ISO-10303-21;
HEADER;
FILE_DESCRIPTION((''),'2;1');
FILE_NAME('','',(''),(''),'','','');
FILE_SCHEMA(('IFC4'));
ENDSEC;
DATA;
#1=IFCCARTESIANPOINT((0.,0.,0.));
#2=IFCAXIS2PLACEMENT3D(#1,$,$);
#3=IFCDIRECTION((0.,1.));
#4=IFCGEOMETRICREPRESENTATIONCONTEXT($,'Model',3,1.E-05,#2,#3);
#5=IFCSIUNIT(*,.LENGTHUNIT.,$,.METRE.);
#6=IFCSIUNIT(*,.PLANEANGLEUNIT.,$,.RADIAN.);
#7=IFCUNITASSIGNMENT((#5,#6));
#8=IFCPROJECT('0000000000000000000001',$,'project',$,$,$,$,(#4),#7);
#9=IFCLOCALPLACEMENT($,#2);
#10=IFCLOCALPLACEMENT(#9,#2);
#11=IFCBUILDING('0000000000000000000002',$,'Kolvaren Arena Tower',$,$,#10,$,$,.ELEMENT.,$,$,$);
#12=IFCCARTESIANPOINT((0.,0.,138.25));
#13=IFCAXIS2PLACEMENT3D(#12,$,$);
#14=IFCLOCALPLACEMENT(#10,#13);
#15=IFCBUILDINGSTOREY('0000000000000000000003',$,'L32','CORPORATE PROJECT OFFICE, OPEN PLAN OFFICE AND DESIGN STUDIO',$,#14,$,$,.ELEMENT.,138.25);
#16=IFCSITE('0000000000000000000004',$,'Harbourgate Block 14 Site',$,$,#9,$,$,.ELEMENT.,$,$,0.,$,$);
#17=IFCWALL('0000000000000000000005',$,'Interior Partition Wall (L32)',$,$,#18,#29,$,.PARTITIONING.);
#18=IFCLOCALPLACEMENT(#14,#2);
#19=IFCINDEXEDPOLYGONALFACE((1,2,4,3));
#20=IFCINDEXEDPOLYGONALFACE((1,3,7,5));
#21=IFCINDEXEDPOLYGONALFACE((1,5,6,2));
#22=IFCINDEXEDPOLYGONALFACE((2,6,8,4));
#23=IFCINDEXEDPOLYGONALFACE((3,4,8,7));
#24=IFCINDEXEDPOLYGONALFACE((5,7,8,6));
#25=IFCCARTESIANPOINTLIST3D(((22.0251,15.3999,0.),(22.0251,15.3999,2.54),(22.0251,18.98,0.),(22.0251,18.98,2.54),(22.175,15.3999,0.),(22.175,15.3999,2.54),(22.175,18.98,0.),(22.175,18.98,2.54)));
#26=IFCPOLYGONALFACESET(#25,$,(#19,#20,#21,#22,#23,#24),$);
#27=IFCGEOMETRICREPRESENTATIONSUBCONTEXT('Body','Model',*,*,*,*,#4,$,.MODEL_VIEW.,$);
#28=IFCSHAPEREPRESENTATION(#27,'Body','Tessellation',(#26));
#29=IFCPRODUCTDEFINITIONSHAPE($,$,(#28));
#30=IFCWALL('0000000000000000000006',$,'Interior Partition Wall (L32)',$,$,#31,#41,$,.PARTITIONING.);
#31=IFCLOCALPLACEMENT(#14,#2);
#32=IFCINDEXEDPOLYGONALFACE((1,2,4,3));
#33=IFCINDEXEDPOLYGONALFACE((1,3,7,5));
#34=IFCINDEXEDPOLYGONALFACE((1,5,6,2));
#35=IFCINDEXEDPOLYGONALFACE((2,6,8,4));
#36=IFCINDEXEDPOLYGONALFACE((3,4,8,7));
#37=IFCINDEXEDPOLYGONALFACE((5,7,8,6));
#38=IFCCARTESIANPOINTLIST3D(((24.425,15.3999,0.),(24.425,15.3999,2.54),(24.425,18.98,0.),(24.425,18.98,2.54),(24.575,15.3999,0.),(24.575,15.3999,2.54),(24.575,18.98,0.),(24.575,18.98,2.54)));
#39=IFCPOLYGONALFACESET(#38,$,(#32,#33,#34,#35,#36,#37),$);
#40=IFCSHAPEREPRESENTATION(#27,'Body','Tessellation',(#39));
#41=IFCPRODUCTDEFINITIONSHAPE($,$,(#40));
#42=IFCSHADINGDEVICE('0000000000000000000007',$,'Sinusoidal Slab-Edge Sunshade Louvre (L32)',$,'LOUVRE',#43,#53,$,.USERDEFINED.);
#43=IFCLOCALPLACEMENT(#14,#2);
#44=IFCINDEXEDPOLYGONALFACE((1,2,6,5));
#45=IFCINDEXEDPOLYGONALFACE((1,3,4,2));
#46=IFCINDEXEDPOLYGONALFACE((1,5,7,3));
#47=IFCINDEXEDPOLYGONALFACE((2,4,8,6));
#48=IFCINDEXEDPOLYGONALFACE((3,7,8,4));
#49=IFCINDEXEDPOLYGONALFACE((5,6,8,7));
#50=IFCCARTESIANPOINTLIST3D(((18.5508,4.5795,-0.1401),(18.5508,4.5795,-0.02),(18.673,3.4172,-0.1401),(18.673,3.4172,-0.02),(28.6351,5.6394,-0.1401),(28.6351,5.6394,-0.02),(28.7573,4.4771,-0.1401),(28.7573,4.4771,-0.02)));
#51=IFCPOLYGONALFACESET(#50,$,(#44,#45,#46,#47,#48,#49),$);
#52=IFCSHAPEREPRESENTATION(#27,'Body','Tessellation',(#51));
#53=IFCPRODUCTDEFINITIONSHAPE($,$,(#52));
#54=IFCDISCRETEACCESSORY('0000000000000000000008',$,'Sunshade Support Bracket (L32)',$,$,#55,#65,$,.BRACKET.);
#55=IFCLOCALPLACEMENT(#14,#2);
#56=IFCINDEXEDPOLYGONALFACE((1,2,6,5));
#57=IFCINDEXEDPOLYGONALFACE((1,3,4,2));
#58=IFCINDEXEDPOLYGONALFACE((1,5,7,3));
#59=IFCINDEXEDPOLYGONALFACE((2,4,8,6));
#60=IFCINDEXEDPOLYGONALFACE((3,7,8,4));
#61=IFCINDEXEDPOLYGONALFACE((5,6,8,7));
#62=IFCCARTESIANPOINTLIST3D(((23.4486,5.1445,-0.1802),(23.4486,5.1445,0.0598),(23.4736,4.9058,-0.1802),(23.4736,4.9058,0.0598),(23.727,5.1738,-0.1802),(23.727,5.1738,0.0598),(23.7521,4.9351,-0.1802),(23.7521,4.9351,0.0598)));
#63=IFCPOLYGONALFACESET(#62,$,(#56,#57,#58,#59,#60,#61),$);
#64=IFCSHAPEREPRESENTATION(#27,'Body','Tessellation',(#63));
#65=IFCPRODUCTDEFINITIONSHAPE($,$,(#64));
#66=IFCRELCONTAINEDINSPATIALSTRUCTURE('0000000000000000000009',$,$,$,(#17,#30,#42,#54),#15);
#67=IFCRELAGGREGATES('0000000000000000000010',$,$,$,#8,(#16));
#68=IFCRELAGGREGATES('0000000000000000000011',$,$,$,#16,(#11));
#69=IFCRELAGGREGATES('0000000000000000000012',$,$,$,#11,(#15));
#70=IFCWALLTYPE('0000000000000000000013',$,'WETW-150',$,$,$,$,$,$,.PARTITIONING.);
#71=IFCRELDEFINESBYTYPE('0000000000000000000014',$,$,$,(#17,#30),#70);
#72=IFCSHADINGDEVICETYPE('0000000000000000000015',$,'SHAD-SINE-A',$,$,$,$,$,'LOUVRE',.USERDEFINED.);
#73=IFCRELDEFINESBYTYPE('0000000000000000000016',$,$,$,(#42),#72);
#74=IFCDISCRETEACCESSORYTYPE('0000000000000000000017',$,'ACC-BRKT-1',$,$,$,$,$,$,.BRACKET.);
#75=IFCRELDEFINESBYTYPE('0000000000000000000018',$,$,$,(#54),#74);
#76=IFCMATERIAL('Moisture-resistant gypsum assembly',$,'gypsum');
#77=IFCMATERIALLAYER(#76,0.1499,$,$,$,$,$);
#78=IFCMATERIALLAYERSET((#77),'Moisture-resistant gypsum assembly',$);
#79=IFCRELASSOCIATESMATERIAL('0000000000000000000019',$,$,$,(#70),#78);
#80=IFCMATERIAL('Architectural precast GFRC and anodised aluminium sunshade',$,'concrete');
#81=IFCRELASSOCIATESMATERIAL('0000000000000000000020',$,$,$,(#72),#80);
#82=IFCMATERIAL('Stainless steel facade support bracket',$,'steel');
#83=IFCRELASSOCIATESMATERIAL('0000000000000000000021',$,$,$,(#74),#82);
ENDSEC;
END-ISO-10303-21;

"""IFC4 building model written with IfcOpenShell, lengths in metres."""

from ifc_helpers import new_model, si_unit, direction, frame, frame_2d, origin, origin_2d, place, context, subcontext, project, spatial, rectangle, extrude, material, layer, layer_set, type_object, element, save


model = new_model("IFC4")

# Units and contexts
model_context = context("Model", 3, precision=1e-05, world=origin(), true_north=direction((0.0, 1.0)))
body_context = subcontext(model_context, "Body", "Model", "MODEL_VIEW")
ifc_project = project(units=[si_unit("LENGTHUNIT", "METRE"), si_unit("PLANEANGLEUNIT", "RADIAN")], contexts=[model_context])

# Site, building, storey
site_placement = place(None, origin())
site = spatial("IfcSite", under=ifc_project, at=site_placement, Name="Harbourgate Block 14 Site", CompositionType="ELEMENT", RefElevation=0.0)
building_placement = place(site_placement, origin())
building = spatial("IfcBuilding", under=site, at=building_placement, Name="Kolvaren Arena Tower", CompositionType="ELEMENT")
storey_placement = place(building_placement, frame((0.0, 0.0, 138.25)))
storey = spatial("IfcBuildingStorey", under=building, at=storey_placement, Name="L32", Description="CORPORATE PROJECT OFFICE, OPEN PLAN OFFICE AND DESIGN STUDIO", CompositionType="ELEMENT", Elevation=138.25)

# Walls
ifc_material_1 = material(Name="Moisture-resistant gypsum assembly", Category="gypsum")
ifc_layer_1 = layer(ifc_material_1, 0.1499)
ifc_layer_set_1 = layer_set([ifc_layer_1], Name="Moisture-resistant gypsum assembly")
wall_type_1 = type_object("IfcWallType", Name="WETW-150", PredefinedType="PARTITIONING", material=ifc_layer_set_1)
for number, where, z_axis, x_axis, name in (
    (1, (22.1001, 15.3999, 0.0), (0.0, 0.0, 1.0), (0.0, 1.0, 0.0), "Interior Partition Wall (L32)"),
    (2, (24.5, 15.3999, 0.0), (0.0, 0.0, 1.0), (0.0, 1.0, 0.0), "Interior Partition Wall (L32)"),
):
    element("IfcWall", number, at=place(storey_placement, frame(where, z_axis=z_axis, x_axis=x_axis)), inside=storey, type_object=wall_type_1, Name=name, PredefinedType="PARTITIONING", context=body_context, shape_type="SweptSolid", body=[
        extrude(rectangle(XDim=3.5801, YDim=0.1499, at=frame_2d((1.79, 0.0))), origin(), (0.0, 0.0, 1.0), 2.54),
    ])

# Shading device
ifc_material_2 = material(Name="Architectural precast GFRC and anodised aluminium sunshade", Category="concrete")
shading_device_type = type_object("IfcShadingDeviceType", Name="SHAD-SINE-A", ElementType="LOUVRE", PredefinedType="USERDEFINED", material=ifc_material_2)
shading_device_placement = place(storey_placement, frame((23.6541, 4.5283, -0.1401), z_axis=(0.0, 0.0, 1.0), x_axis=(-0.994522, -0.104527, 0.0)))
element("IfcShadingDevice", 3, at=shading_device_placement, inside=storey, type_object=shading_device_type, Name="Sinusoidal Slab-Edge Sunshade Louvre (L32)", ObjectType="LOUVRE", PredefinedType="USERDEFINED", context=body_context, shape_type="SweptSolid", body=[
    extrude(rectangle(XDim=10.1399, YDim=1.1687, at=origin_2d()), origin(), (0.0, 0.0, 1.0), 0.1201),
])

# Discrete accessory
ifc_material_3 = material(Name="Stainless steel facade support bracket", Category="steel")
discrete_accessory_type = type_object("IfcDiscreteAccessoryType", Name="ACC-BRKT-1", PredefinedType="BRACKET", material=ifc_material_3)
discrete_accessory_placement = place(storey_placement, frame((23.6003, 5.0398, -0.1802), z_axis=(0.0, 0.0, 1.0), x_axis=(-0.994522, -0.104527, 0.0)))
element("IfcDiscreteAccessory", 4, at=discrete_accessory_placement, inside=storey, type_object=discrete_accessory_type, Name="Sunshade Support Bracket (L32)", PredefinedType="BRACKET", context=body_context, shape_type="SweptSolid", body=[
    extrude(rectangle(XDim=0.28, YDim=0.24, at=origin_2d()), origin(), (0.0, 0.0, 1.0), 0.24),
])

save(model, "model.ifc")
